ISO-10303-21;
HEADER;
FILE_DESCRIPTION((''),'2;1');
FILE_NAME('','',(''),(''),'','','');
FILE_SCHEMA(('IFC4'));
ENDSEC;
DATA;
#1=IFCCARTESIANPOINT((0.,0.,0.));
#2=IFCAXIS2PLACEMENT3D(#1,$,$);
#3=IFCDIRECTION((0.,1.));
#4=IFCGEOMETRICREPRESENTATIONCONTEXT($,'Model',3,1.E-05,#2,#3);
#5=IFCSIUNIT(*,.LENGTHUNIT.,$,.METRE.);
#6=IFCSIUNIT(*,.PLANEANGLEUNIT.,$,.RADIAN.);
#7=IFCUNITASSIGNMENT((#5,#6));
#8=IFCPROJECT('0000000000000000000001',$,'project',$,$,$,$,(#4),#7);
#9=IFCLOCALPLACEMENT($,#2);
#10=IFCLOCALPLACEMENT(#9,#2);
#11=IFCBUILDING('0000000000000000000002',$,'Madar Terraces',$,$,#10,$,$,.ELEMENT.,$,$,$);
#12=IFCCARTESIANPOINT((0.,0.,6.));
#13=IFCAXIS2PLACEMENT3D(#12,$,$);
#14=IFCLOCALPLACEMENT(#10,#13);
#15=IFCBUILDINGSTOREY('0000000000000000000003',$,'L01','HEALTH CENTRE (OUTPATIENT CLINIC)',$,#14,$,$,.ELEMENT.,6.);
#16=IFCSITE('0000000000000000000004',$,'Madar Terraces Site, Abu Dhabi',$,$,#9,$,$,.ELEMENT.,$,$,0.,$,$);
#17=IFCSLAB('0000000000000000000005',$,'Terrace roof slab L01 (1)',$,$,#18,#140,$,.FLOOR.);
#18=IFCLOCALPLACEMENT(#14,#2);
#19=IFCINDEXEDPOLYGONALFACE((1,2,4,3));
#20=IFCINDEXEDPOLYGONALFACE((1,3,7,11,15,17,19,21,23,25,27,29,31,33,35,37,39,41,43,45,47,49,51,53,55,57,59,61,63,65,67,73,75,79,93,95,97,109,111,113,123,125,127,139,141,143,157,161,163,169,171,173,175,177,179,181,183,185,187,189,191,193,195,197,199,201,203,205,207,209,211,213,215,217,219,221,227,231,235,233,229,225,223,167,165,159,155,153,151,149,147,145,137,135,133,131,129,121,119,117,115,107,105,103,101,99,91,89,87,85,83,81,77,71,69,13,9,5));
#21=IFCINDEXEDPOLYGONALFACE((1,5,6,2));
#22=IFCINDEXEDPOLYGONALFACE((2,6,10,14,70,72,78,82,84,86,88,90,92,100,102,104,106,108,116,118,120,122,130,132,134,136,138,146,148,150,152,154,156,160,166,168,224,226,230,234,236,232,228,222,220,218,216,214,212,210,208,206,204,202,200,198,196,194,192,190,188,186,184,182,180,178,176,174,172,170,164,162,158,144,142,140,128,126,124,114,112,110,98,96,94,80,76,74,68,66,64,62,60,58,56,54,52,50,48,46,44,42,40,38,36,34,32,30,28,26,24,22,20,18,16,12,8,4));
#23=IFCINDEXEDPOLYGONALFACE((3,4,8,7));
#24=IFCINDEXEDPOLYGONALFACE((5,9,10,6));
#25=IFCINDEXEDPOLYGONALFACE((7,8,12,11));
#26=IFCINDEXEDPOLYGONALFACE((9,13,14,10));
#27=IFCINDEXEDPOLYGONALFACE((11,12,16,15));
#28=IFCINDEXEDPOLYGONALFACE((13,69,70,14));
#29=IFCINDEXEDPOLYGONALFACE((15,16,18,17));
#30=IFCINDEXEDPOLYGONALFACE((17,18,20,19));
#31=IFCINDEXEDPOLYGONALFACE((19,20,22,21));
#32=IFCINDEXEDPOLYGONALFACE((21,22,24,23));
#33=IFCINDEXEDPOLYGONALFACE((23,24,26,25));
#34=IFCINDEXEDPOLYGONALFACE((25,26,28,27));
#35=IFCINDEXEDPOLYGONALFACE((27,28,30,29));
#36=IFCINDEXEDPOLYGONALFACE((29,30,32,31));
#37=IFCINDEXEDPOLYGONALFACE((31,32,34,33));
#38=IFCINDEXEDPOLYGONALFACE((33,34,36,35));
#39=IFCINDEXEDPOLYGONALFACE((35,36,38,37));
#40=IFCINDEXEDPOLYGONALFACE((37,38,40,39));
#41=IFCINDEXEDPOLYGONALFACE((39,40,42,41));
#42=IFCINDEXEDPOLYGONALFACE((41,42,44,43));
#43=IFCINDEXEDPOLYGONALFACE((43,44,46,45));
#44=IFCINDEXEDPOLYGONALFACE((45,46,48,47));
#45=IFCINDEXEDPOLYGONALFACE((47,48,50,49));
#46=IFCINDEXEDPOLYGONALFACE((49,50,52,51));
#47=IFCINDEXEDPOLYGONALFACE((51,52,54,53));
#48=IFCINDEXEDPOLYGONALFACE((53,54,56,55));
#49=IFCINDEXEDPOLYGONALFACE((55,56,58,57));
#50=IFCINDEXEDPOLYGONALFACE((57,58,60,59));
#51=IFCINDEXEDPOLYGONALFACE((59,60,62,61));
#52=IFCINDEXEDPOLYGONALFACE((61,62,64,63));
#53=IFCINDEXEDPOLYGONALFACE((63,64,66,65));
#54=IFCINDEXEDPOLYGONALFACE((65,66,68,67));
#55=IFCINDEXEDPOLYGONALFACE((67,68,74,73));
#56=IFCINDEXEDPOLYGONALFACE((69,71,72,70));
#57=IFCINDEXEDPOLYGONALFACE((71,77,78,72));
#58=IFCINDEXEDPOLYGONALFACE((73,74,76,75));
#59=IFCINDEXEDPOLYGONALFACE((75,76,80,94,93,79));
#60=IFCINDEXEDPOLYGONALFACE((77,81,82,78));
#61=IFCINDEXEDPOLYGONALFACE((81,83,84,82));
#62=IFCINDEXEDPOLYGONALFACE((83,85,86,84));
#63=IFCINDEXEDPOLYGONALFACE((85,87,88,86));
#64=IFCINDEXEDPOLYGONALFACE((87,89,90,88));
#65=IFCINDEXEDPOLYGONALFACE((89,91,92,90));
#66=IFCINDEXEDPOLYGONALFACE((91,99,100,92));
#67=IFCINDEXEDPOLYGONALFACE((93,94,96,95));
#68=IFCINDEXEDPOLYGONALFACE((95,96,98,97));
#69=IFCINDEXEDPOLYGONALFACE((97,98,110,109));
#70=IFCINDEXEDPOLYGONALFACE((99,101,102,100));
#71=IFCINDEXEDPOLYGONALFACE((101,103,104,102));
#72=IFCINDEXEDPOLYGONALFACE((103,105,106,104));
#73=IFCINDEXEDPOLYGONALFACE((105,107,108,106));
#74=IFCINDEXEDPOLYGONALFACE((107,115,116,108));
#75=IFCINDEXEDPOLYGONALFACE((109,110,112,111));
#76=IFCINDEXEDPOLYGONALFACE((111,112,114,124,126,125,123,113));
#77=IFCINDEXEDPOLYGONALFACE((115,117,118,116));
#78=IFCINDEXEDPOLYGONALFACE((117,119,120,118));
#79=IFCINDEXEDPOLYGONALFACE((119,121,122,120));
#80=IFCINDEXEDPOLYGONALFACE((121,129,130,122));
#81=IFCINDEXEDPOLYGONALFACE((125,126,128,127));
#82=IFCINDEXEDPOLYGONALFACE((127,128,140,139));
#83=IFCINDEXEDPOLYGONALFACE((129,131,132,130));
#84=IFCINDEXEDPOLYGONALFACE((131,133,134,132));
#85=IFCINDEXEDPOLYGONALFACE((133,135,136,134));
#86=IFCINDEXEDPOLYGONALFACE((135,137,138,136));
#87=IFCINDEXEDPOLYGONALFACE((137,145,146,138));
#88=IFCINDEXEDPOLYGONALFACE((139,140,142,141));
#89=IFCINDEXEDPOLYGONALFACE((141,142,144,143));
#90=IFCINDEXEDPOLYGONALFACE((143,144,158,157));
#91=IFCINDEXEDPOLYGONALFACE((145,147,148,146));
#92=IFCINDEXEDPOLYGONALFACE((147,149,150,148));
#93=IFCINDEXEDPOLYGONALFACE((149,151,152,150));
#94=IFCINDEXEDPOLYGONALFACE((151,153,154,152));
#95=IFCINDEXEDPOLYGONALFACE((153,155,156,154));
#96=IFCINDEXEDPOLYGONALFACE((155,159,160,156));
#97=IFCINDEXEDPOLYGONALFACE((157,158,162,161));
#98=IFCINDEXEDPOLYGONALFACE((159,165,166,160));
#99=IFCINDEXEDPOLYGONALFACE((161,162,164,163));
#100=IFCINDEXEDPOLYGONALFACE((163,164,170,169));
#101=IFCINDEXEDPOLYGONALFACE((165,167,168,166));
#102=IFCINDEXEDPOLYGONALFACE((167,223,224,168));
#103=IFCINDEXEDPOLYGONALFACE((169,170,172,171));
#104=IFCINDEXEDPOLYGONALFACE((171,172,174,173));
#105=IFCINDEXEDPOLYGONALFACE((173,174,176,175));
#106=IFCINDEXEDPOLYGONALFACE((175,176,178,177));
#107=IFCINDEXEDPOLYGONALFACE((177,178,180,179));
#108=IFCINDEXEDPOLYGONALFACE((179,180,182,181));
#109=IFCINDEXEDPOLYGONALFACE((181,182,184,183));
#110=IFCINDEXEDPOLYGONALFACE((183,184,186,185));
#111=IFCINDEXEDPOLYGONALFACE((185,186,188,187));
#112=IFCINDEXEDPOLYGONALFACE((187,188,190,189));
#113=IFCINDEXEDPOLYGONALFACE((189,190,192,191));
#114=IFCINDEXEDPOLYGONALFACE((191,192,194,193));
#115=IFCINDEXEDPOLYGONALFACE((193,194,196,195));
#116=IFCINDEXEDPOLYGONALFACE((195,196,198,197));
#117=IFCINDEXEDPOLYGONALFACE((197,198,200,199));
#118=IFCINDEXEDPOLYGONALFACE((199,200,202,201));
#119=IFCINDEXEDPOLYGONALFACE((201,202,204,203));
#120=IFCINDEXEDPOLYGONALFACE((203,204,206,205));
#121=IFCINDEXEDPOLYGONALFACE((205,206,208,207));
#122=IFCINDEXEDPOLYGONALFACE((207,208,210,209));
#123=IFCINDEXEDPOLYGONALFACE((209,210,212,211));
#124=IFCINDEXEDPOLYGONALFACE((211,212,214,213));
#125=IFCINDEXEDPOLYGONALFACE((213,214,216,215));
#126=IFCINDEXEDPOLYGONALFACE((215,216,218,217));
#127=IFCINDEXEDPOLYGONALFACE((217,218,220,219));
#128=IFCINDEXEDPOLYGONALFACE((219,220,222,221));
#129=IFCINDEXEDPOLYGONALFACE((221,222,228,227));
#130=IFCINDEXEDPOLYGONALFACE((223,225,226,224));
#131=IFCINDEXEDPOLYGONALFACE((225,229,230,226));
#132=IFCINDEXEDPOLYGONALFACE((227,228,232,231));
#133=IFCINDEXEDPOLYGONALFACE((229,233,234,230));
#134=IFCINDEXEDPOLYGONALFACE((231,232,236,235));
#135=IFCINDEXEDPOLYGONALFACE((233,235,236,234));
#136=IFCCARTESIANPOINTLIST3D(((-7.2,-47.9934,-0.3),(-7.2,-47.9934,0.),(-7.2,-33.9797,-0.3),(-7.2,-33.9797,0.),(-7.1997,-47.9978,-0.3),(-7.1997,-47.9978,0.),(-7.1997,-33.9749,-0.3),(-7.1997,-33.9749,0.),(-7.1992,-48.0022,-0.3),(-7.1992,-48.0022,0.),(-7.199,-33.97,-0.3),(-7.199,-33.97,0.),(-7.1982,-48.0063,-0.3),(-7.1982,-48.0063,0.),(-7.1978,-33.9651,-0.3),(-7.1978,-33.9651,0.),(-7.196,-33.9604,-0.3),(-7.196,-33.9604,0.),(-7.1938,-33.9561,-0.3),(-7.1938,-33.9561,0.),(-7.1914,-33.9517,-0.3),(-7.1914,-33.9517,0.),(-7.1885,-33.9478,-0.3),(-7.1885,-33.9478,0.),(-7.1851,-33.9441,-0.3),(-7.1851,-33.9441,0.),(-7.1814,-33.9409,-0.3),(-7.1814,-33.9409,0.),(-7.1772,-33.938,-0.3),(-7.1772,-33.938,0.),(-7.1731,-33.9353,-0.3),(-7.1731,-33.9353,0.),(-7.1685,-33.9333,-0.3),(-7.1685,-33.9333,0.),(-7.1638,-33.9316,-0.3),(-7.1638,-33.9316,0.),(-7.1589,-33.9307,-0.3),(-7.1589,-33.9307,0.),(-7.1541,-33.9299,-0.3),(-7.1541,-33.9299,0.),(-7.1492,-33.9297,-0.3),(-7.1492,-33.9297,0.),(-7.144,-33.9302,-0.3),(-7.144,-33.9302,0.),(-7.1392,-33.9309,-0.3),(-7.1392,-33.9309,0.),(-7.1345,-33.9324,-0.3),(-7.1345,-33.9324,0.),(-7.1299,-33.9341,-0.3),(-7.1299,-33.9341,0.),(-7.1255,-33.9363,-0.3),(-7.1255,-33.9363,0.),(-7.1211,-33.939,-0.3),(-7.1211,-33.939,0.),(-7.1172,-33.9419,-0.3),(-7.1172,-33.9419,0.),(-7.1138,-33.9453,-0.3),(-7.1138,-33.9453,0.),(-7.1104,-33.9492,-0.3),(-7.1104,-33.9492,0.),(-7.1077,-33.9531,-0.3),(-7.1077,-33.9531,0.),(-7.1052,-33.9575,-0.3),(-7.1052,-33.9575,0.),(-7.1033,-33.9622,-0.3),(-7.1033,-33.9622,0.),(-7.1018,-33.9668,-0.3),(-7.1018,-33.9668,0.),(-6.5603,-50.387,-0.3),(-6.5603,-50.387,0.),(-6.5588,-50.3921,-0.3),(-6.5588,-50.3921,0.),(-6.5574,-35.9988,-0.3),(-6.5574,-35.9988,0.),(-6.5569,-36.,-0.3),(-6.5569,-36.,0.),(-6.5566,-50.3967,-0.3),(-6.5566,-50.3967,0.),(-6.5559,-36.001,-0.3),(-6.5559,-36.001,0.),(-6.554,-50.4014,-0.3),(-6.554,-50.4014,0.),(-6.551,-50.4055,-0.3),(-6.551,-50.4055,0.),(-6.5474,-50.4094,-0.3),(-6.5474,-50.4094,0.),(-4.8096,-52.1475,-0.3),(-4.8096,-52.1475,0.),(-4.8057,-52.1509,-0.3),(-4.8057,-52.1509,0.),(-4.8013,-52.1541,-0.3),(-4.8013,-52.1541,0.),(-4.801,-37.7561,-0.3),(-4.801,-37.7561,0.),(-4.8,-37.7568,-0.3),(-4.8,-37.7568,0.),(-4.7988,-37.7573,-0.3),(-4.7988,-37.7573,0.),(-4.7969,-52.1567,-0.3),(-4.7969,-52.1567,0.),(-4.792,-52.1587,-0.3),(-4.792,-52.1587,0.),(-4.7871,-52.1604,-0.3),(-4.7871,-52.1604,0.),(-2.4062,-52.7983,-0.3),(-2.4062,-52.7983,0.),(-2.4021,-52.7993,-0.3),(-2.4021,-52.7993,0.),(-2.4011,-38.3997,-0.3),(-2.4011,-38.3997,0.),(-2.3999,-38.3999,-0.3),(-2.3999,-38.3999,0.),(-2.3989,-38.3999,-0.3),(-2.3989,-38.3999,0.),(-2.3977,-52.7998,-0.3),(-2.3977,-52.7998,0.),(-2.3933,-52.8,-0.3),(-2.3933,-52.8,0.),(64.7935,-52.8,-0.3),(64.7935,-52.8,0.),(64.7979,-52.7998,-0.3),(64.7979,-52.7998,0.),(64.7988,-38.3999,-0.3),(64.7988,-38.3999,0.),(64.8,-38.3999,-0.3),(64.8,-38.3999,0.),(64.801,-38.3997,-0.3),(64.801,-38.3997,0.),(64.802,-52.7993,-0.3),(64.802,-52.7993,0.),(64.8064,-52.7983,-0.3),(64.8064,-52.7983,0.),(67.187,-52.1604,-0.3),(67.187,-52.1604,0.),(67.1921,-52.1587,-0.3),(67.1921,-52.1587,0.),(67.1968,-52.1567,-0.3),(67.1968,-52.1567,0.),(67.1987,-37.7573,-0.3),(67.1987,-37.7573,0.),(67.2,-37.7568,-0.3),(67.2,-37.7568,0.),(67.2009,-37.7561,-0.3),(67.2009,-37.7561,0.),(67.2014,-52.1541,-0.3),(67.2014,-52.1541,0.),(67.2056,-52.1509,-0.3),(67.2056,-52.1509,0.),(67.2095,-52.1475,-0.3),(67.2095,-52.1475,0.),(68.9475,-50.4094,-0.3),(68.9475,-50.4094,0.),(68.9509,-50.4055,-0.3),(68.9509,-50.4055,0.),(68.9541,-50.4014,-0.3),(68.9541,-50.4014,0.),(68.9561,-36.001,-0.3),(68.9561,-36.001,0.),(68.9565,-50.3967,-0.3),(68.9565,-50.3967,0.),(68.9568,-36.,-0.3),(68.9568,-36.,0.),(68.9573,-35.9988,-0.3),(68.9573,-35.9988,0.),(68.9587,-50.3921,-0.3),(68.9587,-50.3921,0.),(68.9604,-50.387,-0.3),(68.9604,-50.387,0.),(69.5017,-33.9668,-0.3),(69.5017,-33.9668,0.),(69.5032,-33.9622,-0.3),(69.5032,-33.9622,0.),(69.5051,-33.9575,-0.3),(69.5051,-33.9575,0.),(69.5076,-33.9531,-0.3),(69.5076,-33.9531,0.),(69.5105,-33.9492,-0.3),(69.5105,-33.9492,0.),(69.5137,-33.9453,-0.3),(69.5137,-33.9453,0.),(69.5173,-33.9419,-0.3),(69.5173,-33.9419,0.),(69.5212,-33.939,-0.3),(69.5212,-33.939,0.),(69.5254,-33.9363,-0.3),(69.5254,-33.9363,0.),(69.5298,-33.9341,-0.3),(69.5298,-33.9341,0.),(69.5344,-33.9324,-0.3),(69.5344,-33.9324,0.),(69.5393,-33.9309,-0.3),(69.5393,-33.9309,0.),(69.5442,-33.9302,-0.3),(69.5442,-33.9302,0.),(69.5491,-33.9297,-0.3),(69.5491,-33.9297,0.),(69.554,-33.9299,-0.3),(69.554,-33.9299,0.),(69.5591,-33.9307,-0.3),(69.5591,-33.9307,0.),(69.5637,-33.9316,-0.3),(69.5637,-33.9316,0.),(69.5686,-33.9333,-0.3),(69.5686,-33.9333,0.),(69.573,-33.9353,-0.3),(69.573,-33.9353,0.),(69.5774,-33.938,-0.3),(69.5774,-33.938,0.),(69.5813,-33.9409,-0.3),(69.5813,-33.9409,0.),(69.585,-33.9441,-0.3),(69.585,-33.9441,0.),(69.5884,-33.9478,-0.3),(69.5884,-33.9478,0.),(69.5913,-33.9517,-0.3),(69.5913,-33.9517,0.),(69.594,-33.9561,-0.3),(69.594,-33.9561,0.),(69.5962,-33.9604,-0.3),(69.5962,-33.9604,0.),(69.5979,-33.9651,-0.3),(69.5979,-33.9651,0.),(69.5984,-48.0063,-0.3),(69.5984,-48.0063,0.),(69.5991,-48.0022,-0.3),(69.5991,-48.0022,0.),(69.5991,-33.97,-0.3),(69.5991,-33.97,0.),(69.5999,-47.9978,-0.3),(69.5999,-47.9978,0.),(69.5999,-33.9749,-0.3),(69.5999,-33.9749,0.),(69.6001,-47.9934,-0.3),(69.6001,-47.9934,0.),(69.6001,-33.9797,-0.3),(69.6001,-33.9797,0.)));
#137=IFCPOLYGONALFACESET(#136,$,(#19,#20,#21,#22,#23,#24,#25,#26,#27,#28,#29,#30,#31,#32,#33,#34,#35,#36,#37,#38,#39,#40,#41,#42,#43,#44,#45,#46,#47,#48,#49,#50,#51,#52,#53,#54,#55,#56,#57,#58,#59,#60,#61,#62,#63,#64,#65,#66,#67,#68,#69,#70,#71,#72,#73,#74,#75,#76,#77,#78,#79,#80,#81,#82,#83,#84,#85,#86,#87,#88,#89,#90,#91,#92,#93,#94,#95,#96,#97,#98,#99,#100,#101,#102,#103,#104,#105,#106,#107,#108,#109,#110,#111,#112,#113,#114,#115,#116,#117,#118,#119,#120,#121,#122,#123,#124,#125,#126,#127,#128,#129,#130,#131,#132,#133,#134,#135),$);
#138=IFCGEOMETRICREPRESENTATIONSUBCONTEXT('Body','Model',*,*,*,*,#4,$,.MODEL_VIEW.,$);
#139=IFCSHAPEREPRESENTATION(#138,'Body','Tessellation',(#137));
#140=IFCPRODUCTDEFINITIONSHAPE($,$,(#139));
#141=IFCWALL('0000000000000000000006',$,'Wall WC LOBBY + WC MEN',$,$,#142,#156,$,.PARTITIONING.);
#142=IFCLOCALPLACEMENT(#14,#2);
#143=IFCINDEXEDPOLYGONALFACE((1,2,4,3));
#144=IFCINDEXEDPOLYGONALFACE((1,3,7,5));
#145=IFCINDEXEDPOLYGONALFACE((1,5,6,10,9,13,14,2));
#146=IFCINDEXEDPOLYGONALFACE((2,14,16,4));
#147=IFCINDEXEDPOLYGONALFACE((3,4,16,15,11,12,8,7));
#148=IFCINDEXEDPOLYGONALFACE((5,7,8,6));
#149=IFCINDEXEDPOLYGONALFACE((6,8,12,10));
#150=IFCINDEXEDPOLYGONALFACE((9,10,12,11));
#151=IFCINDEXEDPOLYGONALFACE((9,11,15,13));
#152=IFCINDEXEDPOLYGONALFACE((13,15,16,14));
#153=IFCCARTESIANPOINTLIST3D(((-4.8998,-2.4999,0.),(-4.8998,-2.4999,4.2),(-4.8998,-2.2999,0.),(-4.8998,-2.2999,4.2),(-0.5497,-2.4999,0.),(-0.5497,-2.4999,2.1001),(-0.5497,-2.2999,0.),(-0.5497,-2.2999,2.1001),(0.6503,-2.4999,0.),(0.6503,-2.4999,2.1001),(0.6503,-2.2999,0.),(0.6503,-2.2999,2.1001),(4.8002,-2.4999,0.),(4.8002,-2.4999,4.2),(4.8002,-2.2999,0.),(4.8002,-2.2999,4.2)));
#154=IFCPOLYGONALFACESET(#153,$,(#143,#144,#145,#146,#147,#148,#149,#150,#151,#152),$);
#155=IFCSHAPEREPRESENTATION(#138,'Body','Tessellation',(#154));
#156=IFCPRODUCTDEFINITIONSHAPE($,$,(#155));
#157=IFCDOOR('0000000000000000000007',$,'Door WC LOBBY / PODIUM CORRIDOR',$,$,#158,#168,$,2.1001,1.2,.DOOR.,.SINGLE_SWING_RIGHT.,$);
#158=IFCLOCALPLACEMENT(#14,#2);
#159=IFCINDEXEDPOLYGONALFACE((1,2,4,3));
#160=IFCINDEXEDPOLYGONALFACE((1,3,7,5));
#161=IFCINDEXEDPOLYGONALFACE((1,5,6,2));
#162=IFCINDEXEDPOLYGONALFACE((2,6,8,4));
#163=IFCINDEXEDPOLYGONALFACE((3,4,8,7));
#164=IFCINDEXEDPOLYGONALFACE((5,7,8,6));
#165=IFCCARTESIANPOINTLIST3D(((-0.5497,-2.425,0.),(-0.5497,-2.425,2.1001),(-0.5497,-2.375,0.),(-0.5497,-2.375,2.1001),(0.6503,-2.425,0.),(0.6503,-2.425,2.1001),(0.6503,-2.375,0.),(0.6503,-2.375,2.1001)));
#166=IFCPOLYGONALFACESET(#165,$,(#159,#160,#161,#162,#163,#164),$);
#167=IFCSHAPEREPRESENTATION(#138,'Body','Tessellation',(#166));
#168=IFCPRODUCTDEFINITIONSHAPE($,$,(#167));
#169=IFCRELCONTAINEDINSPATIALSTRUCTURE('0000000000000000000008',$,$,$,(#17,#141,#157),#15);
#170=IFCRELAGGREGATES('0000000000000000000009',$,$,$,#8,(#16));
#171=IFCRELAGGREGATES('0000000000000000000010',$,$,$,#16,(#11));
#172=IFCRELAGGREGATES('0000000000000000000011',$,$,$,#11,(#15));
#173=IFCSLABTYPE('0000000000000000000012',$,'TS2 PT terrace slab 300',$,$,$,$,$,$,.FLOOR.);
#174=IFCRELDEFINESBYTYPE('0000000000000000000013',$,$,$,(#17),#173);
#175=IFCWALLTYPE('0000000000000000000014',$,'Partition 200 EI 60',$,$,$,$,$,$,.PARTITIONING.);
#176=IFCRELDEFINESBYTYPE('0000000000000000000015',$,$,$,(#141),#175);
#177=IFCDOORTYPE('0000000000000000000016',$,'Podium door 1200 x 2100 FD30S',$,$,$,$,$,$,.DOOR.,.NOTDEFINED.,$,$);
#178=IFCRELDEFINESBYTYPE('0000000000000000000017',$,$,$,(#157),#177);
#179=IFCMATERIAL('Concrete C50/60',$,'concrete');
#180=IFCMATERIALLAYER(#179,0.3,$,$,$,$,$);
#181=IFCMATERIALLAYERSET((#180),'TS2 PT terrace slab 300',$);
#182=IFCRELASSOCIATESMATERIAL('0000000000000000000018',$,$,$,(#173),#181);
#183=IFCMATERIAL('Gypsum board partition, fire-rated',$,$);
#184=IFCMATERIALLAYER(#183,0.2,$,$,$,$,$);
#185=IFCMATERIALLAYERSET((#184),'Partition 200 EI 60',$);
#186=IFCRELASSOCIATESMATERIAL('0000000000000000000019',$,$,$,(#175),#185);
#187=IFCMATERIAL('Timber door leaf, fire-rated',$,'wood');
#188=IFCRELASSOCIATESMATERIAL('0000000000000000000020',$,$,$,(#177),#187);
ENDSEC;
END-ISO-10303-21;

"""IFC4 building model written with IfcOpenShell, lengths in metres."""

from ifc_helpers import new_model, si_unit, direction, frame, frame_2d, origin, place, context, subcontext, project, spatial, polyline, rectangle, outline, extrude, material, layer, layer_set, type_object, element, fill, save


model = new_model("IFC4")

# Units and contexts
model_context = context("Model", 3, precision=1e-05, world=origin(), true_north=direction((0.0, 1.0)))
body_context = subcontext(model_context, "Body", "Model", "MODEL_VIEW")
ifc_project = project(units=[si_unit("LENGTHUNIT", "METRE"), si_unit("PLANEANGLEUNIT", "RADIAN")], contexts=[model_context])

# Site, building, storey
site_placement = place(None, origin())
site = spatial("IfcSite", under=ifc_project, at=site_placement, Name="Madar Terraces Site, Abu Dhabi", CompositionType="ELEMENT", RefElevation=0.0)
building_placement = place(site_placement, origin())
building = spatial("IfcBuilding", under=site, at=building_placement, Name="Madar Terraces", CompositionType="ELEMENT")
storey_placement = place(building_placement, frame((0.0, 0.0, 6.0)))
storey = spatial("IfcBuildingStorey", under=building, at=storey_placement, Name="L01", Description="HEALTH CENTRE (OUTPATIENT CLINIC)", CompositionType="ELEMENT", Elevation=6.0)

# Slab
ifc_material_1 = material(Name="Concrete C50/60", Category="concrete")
ifc_layer_1 = layer(ifc_material_1, 0.3)
ifc_layer_set_1 = layer_set([ifc_layer_1], Name="TS2 PT terrace slab 300")
slab_type_1 = type_object("IfcSlabType", Name="TS2 PT terrace slab 300", PredefinedType="FLOOR", material=ifc_layer_set_1)
slab_1_placement = place(storey_placement, frame((0.0, 0.0, -0.3)))
element("IfcSlab", 1, at=slab_1_placement, inside=storey, type_object=slab_type_1, Name="Terrace roof slab L01 (1)", PredefinedType="FLOOR", context=body_context, shape_type="SweptSolid", body=[
    extrude(outline(polyline([(-6.5574, -35.9988), (-7.1018, -33.9668), (-7.1033, -33.9622), (-7.1052, -33.9575), (-7.1077, -33.9531), (-7.1104, -33.9492), (-7.1138, -33.9453), (-7.1172, -33.9419), (-7.1211, -33.939), (-7.1255, -33.9363), (-7.1299, -33.9341), (-7.1345, -33.9324), (-7.1392, -33.9309), (-7.144, -33.9302), (-7.1492, -33.9297), (-7.1541, -33.9299), (-7.1589, -33.9307), (-7.1638, -33.9316), (-7.1685, -33.9333), (-7.1731, -33.9353), (-7.1772, -33.938), (-7.1814, -33.9409), (-7.1851, -33.9441), (-7.1885, -33.9478), (-7.1914, -33.9517), (-7.1938, -33.9561), (-7.196, -33.9604), (-7.1978, -33.9651), (-7.199, -33.97), (-7.1997, -33.9749), (-7.2, -33.9797), (-7.2, -47.9934), (-7.1997, -47.9978), (-7.1992, -48.0022), (-7.1982, -48.0063), (-6.5603, -50.387), (-6.5588, -50.3921), (-6.5566, -50.3967), (-6.554, -50.4014), (-6.551, -50.4055), (-6.5474, -50.4094), (-4.8096, -52.1475), (-4.8057, -52.1509), (-4.8013, -52.1541), (-4.7969, -52.1567), (-4.792, -52.1587), (-4.7871, -52.1604), (-2.4062, -52.7983), (-2.4021, -52.7993), (-2.3977, -52.7998), (-2.3933, -52.8), (64.7935, -52.8), (64.7979, -52.7998), (64.802, -52.7993), (64.8064, -52.7983), (67.187, -52.1604), (67.1921, -52.1587), (67.1968, -52.1567), (67.2014, -52.1541), (67.2056, -52.1509), (67.2095, -52.1475), (68.9475, -50.4094), (68.9509, -50.4055), (68.9541, -50.4014), (68.9565, -50.3967), (68.9587, -50.3921), (68.9604, -50.387), (69.5984, -48.0063), (69.5991, -48.0022), (69.5999, -47.9978), (69.6001, -47.9934), (69.6001, -33.9797), (69.5999, -33.9749), (69.5991, -33.97), (69.5979, -33.9651), (69.5962, -33.9604), (69.594, -33.9561), (69.5913, -33.9517), (69.5884, -33.9478), (69.585, -33.9441), (69.5813, -33.9409), (69.5774, -33.938), (69.573, -33.9353), (69.5686, -33.9333), (69.5637, -33.9316), (69.5591, -33.9307), (69.554, -33.9299), (69.5491, -33.9297), (69.5442, -33.9302), (69.5393, -33.9309), (69.5344, -33.9324), (69.5298, -33.9341), (69.5254, -33.9363), (69.5212, -33.939), (69.5173, -33.9419), (69.5137, -33.9453), (69.5105, -33.9492), (69.5076, -33.9531), (69.5051, -33.9575), (69.5032, -33.9622), (69.5017, -33.9668), (68.9573, -35.9988), (68.9568, -36.0), (68.9561, -36.001), (67.2009, -37.7561), (67.2, -37.7568), (67.1987, -37.7573), (64.801, -38.3997), (64.8, -38.3999), (64.7988, -38.3999), (-2.3989, -38.3999), (-2.3999, -38.3999), (-2.4011, -38.3997), (-4.7988, -37.7573), (-4.8, -37.7568), (-4.801, -37.7561), (-6.5559, -36.001), (-6.5569, -36.0), (-6.5574, -35.9988)])), origin(), (0.0, 0.0, 1.0), 0.3),
])

# Wall, opening, door
ifc_material_2 = material(Name="Gypsum board partition, fire-rated")
ifc_layer_2 = layer(ifc_material_2, 0.2)
ifc_layer_set_2 = layer_set([ifc_layer_2], Name="Partition 200 EI 60")
wall_type = type_object("IfcWallType", Name="Partition 200 EI 60", PredefinedType="PARTITIONING", material=ifc_layer_set_2)
wall_1_placement = place(storey_placement, frame((-4.8999, -2.3999, 0.0), z_axis=(0.0, 0.0, 1.0), x_axis=(1.0, 0.0, 0.0)))
wall_1 = element("IfcWall", 2, at=wall_1_placement, inside=storey, type_object=wall_type, Name="Wall WC LOBBY + WC MEN", PredefinedType="PARTITIONING", context=body_context, shape_type="SweptSolid", body=[
    extrude(rectangle(XDim=9.7, YDim=0.2, at=frame_2d((4.8501, 0.0))), origin(), (0.0, 0.0, 1.0), 4.2),
])
opening_1_placement = place(wall_1_placement, frame((4.3501, 0.0, 0.0)))
opening_1 = element("IfcOpeningElement", 3, at=opening_1_placement, cuts=wall_1, PredefinedType="OPENING", context=body_context, shape_type="SweptSolid", body=[
    extrude(rectangle(XDim=1.2, YDim=2.1001, at=frame_2d((0.6001, 1.05))), frame((0.0, 0.1099, 0.0), z_axis=(0.0, -1.0, 0.0), x_axis=(1.0, 0.0, 0.0)), (0.0, 0.0, 1.0), 0.22),
])
ifc_material_3 = material(Name="Timber door leaf, fire-rated", Category="wood")
door_type_1 = type_object("IfcDoorType", Name="Podium door 1200 x 2100 FD30S", OperationType="NOTDEFINED", PredefinedType="DOOR", material=ifc_material_3)
door_1_placement = place(opening_1_placement, origin())
door_1 = element("IfcDoor", 4, at=door_1_placement, inside=storey, type_object=door_type_1, Name="Door WC LOBBY / PODIUM CORRIDOR", OperationType="SINGLE_SWING_RIGHT", OverallHeight=2.1001, OverallWidth=1.2, PredefinedType="DOOR", context=body_context, shape_type="SweptSolid", body=[
    extrude(rectangle(XDim=1.2, YDim=2.1001, at=frame_2d((0.6001, 1.05))), frame((0.0, 0.0249, 0.0), z_axis=(0.0, -1.0, 0.0), x_axis=(1.0, 0.0, 0.0)), (0.0, 0.0, 1.0), 0.05),
])
fill(opening_1, door_1)

save(model, "model.ifc")
